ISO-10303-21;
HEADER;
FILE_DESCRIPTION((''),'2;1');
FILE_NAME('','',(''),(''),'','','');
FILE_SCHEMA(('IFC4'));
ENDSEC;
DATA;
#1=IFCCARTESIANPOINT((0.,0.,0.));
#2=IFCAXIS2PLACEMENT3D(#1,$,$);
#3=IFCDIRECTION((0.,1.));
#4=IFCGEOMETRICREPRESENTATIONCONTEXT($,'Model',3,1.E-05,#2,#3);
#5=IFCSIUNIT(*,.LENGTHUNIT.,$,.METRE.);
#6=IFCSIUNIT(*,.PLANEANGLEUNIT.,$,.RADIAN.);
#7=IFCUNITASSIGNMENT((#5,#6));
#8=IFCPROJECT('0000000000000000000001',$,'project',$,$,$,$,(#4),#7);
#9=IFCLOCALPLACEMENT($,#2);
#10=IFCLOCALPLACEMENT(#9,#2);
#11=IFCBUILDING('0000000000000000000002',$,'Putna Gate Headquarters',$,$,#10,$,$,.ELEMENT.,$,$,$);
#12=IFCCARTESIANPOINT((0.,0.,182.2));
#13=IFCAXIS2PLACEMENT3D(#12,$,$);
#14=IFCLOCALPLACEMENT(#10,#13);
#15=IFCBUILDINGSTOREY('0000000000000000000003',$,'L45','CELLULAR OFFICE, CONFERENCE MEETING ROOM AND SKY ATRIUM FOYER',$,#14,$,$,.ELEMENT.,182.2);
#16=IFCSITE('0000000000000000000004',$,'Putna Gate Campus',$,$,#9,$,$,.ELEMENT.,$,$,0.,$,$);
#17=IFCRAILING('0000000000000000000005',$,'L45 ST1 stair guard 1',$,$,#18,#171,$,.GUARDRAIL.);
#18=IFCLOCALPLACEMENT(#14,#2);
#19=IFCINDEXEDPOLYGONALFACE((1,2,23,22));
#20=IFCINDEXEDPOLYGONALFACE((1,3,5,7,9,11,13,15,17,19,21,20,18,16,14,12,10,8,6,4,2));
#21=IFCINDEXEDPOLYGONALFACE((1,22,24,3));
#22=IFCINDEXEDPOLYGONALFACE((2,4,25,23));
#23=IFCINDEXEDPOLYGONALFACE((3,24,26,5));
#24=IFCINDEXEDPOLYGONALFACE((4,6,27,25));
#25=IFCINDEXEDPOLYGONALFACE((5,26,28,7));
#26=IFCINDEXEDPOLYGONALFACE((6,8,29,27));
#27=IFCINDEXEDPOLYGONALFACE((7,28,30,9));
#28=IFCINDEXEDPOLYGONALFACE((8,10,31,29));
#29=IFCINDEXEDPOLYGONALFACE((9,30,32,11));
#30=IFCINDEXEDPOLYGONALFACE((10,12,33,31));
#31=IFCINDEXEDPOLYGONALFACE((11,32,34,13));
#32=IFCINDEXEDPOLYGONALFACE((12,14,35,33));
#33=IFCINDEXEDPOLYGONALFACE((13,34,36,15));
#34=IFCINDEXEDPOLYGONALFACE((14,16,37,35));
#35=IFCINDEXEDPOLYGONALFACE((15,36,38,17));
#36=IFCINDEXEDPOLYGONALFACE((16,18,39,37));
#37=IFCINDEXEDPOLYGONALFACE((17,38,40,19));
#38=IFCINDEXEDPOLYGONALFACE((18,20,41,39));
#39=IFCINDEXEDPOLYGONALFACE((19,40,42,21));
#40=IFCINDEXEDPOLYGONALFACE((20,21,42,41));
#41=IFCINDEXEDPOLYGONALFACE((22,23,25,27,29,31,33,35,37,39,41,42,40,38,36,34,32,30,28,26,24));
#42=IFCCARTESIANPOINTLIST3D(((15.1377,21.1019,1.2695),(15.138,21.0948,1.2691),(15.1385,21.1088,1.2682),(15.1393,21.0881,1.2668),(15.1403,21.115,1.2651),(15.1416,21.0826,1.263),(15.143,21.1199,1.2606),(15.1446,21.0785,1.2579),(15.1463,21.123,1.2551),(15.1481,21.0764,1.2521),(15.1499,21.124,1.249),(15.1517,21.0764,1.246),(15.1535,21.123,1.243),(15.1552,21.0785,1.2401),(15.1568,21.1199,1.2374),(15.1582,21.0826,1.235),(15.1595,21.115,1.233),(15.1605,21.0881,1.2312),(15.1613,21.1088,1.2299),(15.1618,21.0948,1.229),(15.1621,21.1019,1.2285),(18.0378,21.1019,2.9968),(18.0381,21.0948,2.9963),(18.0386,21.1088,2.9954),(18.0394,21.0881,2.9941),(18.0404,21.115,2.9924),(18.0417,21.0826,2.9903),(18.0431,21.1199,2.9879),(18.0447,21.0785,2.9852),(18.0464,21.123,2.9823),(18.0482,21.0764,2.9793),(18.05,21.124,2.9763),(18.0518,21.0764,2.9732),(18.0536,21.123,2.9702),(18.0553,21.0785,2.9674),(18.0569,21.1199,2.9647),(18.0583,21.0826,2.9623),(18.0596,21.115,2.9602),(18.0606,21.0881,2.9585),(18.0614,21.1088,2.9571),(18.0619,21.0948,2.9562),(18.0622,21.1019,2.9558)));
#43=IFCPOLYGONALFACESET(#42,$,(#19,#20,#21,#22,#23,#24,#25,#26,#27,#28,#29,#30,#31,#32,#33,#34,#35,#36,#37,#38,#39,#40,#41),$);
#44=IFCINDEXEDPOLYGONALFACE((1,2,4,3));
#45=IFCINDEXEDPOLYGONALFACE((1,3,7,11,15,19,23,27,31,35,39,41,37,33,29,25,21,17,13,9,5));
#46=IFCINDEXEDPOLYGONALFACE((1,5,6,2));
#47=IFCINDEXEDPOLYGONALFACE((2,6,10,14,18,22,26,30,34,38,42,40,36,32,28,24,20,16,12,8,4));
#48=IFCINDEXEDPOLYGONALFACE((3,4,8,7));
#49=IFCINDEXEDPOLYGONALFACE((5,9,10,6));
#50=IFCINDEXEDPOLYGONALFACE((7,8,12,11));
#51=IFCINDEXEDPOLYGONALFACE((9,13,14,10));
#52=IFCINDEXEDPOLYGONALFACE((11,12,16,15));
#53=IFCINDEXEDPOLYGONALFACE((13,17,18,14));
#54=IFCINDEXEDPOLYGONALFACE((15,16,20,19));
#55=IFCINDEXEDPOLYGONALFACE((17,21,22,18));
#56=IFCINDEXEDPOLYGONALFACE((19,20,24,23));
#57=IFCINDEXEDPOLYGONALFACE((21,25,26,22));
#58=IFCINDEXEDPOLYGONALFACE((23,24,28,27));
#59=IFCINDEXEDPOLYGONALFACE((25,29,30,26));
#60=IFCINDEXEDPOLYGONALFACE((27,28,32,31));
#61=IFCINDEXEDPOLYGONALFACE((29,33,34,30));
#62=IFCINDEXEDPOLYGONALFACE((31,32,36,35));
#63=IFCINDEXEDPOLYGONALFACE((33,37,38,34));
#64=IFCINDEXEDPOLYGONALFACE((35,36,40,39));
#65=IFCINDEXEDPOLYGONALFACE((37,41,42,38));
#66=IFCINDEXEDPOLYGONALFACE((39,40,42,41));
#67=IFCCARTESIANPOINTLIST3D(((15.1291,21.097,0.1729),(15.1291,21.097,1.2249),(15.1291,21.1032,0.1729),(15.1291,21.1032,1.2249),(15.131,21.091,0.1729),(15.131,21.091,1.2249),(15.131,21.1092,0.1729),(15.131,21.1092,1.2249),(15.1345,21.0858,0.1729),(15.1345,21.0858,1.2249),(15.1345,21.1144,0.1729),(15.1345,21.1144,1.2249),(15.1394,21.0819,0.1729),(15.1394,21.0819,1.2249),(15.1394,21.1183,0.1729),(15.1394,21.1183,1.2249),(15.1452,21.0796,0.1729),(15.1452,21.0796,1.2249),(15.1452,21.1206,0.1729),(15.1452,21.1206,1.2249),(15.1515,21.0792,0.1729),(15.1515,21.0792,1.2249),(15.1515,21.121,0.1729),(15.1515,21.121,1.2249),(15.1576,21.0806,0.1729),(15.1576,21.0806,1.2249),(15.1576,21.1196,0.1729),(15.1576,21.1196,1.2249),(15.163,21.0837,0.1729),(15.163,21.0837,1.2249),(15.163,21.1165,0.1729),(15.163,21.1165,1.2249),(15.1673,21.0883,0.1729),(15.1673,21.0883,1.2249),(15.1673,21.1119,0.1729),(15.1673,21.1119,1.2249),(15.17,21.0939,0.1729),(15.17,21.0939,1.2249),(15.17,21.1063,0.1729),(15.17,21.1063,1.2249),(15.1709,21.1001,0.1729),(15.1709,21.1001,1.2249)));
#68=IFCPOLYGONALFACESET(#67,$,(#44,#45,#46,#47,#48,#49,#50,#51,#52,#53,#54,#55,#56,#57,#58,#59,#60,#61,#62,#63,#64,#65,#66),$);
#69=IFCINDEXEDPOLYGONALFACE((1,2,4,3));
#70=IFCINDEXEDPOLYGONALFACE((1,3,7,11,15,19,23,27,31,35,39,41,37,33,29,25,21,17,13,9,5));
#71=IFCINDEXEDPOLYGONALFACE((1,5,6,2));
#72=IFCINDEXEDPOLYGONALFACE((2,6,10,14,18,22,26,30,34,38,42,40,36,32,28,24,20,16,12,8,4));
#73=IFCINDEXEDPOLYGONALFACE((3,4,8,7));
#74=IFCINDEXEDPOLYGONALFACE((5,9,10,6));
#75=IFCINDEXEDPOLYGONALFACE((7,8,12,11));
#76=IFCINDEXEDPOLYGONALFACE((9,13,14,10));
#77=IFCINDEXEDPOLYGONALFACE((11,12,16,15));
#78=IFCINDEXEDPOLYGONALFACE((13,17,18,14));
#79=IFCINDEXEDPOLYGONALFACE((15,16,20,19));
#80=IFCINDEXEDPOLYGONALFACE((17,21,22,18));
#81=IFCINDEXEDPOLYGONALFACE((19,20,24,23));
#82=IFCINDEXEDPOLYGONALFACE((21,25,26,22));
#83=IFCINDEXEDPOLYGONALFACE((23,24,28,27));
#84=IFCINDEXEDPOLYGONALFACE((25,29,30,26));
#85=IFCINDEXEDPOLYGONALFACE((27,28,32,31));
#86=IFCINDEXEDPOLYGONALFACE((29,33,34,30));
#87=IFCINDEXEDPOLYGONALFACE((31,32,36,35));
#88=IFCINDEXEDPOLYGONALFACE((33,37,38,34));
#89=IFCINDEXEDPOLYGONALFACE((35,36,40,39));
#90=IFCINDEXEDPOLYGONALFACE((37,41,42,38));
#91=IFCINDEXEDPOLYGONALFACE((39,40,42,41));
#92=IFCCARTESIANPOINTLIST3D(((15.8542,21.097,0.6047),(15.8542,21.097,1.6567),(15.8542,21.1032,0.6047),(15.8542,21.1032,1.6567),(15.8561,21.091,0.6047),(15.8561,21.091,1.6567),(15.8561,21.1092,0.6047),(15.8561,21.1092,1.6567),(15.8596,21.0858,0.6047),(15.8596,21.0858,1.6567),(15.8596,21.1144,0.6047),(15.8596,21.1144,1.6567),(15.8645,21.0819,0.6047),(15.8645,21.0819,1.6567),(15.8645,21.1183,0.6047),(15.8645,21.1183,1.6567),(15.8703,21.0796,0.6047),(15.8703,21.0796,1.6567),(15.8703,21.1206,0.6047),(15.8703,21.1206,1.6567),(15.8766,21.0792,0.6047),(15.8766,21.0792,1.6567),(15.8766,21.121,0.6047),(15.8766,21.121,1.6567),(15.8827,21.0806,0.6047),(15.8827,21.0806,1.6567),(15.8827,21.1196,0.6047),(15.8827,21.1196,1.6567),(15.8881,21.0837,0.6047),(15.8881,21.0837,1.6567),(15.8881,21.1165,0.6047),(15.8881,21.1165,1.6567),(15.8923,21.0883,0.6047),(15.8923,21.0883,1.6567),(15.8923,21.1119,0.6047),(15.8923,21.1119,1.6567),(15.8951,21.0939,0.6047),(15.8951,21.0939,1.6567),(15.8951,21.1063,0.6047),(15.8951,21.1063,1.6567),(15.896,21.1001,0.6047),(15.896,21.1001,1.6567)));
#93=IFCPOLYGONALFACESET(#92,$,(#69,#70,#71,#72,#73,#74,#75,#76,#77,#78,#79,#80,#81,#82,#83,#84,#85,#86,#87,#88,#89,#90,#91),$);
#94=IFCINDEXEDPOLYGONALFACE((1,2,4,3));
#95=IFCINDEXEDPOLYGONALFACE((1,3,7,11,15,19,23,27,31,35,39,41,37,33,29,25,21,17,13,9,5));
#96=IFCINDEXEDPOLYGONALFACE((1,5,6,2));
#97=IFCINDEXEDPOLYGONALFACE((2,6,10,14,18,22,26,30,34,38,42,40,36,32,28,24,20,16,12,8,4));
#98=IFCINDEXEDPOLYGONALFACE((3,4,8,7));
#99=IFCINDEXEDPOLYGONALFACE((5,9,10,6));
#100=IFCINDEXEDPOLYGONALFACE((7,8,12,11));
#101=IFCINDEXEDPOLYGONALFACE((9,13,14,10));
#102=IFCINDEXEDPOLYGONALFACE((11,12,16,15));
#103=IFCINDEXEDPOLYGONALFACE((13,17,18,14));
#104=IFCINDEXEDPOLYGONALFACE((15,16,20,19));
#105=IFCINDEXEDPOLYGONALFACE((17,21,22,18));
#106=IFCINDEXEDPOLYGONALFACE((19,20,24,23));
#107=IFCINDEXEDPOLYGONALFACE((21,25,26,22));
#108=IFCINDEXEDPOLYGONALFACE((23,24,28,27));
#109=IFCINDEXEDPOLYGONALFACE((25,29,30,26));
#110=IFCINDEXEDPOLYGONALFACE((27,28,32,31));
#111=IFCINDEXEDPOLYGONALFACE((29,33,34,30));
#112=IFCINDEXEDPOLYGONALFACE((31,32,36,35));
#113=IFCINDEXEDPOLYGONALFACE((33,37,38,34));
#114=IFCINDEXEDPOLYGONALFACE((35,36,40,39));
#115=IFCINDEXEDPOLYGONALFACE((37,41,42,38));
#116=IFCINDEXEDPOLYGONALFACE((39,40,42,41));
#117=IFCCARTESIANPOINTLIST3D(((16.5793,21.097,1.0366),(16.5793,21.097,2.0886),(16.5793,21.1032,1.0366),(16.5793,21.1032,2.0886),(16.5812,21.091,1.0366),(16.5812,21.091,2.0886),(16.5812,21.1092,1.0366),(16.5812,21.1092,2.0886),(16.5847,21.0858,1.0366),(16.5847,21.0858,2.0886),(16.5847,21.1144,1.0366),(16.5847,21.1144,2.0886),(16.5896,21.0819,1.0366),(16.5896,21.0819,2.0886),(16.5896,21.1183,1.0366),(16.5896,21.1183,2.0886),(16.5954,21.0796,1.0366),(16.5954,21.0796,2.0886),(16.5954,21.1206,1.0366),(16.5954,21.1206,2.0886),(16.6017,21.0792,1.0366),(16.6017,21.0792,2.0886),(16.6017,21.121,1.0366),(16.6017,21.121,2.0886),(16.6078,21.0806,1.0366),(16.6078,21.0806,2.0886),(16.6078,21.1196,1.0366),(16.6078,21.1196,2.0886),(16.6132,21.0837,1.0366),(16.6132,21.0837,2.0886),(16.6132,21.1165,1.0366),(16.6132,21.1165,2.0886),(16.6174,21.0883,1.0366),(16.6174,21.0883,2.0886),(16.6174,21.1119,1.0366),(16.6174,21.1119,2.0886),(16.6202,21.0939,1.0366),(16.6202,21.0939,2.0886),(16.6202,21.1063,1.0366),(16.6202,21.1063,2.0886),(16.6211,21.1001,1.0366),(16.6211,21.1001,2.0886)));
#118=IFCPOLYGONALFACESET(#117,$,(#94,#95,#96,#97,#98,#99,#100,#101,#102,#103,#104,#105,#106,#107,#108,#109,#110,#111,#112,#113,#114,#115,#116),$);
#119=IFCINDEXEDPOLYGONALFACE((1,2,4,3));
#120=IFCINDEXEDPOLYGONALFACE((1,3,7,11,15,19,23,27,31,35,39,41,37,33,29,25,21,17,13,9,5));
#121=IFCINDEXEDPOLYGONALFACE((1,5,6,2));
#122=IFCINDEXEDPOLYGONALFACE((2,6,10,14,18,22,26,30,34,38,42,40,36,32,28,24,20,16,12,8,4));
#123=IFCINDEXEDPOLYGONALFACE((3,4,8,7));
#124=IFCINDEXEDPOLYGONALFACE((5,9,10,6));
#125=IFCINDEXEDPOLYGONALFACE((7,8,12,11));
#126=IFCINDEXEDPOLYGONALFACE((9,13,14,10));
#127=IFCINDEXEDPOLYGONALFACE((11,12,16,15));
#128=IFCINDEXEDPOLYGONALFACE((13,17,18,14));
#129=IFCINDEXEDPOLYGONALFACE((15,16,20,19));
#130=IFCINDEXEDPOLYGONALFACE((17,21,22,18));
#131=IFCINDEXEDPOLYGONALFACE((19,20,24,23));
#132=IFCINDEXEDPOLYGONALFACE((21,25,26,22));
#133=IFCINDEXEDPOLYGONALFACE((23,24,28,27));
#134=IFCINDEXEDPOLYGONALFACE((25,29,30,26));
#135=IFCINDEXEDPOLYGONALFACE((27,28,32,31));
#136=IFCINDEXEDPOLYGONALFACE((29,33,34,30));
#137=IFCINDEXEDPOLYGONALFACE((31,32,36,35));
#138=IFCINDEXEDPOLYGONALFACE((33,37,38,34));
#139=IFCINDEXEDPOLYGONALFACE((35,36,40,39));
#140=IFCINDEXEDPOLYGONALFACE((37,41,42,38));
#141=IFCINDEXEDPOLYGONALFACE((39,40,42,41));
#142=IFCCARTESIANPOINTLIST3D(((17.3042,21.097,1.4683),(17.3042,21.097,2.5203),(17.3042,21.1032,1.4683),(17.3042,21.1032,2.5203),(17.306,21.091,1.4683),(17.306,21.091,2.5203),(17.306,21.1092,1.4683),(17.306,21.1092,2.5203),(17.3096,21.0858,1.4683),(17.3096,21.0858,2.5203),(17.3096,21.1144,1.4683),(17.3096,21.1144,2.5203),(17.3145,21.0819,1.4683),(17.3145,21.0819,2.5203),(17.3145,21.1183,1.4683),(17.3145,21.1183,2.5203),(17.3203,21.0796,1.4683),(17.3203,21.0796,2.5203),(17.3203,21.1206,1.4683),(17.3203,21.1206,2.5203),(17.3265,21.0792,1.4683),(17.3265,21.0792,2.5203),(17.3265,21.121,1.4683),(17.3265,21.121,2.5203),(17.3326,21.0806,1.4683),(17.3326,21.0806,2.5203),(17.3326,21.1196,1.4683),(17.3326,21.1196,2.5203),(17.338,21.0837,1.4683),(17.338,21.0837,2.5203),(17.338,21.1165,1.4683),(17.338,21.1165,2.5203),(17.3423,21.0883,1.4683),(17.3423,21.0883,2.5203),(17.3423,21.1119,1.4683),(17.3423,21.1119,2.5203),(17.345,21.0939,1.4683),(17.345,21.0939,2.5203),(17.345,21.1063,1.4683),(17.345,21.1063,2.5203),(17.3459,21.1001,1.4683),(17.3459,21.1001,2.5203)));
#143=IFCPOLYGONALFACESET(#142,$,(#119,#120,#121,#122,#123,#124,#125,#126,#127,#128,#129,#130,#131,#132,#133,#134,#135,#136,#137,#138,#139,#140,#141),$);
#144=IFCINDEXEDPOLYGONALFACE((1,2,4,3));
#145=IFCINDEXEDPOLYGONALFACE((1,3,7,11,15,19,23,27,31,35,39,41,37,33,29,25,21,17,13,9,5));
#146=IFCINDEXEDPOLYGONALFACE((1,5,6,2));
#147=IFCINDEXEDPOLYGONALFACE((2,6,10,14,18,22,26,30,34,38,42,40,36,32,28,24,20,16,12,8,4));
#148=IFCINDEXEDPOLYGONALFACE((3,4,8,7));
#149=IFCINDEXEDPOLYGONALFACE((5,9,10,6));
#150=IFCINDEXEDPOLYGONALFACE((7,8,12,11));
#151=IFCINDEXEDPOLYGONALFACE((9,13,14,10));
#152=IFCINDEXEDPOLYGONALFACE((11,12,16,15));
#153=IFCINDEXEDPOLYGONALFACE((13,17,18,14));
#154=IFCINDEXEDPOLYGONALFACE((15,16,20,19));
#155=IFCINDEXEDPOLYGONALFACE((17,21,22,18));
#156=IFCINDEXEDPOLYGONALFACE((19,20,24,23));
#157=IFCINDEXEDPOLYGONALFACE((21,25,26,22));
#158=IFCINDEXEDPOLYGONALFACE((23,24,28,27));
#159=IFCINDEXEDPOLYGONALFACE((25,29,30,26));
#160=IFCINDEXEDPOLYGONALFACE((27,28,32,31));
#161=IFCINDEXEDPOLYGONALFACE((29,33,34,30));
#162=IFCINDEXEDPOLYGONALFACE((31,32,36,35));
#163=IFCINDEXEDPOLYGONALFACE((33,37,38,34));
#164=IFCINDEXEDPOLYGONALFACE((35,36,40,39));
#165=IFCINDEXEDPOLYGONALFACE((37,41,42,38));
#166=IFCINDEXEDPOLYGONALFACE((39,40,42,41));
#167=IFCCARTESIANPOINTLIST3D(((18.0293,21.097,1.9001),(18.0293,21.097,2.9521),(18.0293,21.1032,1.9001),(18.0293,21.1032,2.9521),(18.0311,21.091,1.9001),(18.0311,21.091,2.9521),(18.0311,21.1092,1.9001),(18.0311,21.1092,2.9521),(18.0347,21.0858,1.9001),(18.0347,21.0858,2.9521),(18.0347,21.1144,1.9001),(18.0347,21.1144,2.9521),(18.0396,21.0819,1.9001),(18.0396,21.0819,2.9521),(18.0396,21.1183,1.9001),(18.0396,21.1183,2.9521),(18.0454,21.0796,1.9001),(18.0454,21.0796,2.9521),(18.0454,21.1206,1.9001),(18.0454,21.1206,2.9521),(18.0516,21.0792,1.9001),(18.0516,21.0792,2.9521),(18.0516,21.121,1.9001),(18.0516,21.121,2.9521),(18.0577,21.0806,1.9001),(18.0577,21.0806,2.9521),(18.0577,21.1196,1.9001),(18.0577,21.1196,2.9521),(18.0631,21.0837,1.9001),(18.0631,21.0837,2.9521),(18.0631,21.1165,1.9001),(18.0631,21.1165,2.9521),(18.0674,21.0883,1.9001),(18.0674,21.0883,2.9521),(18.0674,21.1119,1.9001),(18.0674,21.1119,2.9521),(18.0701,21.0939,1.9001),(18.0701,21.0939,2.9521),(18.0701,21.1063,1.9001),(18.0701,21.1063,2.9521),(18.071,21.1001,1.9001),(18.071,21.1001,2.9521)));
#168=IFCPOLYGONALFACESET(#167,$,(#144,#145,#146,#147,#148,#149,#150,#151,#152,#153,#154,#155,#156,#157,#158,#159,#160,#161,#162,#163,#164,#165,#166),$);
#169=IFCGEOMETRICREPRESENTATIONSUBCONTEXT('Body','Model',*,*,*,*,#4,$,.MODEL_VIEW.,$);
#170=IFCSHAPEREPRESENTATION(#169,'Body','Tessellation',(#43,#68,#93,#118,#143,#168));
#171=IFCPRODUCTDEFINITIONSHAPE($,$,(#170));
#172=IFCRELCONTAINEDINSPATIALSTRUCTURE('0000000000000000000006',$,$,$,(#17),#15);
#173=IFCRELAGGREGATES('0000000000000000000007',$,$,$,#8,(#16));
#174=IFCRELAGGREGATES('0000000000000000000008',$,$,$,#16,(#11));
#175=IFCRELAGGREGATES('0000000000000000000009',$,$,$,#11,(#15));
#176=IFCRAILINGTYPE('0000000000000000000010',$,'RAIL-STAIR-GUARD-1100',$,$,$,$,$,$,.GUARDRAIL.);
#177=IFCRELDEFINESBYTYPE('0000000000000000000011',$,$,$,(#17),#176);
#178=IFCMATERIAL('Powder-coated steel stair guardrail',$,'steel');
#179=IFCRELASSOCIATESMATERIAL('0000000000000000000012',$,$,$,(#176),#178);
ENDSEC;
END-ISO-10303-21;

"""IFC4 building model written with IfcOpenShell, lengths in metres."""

from ifc_helpers import new_model, si_unit, direction, frame, origin, origin_2d, place, context, subcontext, project, spatial, circle, extrude, material, type_object, element, save


model = new_model("IFC4")

# Units and contexts
model_context = context("Model", 3, precision=1e-05, world=origin(), true_north=direction((0.0, 1.0)))
body_context = subcontext(model_context, "Body", "Model", "MODEL_VIEW")
ifc_project = project(units=[si_unit("LENGTHUNIT", "METRE"), si_unit("PLANEANGLEUNIT", "RADIAN")], contexts=[model_context])

# Site, building, storey
site_placement = place(None, origin())
site = spatial("IfcSite", under=ifc_project, at=site_placement, Name="Putna Gate Campus", CompositionType="ELEMENT", RefElevation=0.0)
building_placement = place(site_placement, origin())
building = spatial("IfcBuilding", under=site, at=building_placement, Name="Putna Gate Headquarters", CompositionType="ELEMENT")
storey_placement = place(building_placement, frame((0.0, 0.0, 182.2)))
storey = spatial("IfcBuildingStorey", under=building, at=storey_placement, Name="L45", Description="CELLULAR OFFICE, CONFERENCE MEETING ROOM AND SKY ATRIUM FOYER", CompositionType="ELEMENT", Elevation=182.2)

# Railing
ifc_material_1 = material(Name="Powder-coated steel stair guardrail", Category="steel")
railing_type = type_object("IfcRailingType", Name="RAIL-STAIR-GUARD-1100", PredefinedType="GUARDRAIL", material=ifc_material_1)
railing_1_placement = place(storey_placement, frame((15.1499, 21.1001, 0.1729)))
element("IfcRailing", 1, at=railing_1_placement, inside=storey, type_object=railing_type, Name="L45 ST1 stair guard 1", PredefinedType="GUARDRAIL", context=body_context, shape_type="SweptSolid", body=[
    extrude(circle(Radius=0.0239, at=origin_2d()), frame((0.0, 0.0, 1.0762), z_axis=(0.85916, 0.0, 0.511706), x_axis=(0.0, 1.0, 0.0)), (0.0, 0.0, 1.0), 3.3755),
    extrude(circle(Radius=0.021, at=origin_2d()), origin(), (0.0, 0.0, 1.0), 1.052),
    extrude(circle(Radius=0.021, at=origin_2d()), frame((0.7251, 0.0, 0.4319)), (0.0, 0.0, 1.0), 1.052),
    extrude(circle(Radius=0.021, at=origin_2d()), frame((1.4502, 0.0, 0.8638)), (0.0, 0.0, 1.0), 1.052),
    extrude(circle(Radius=0.021, at=origin_2d()), frame((2.175, 0.0, 1.2954)), (0.0, 0.0, 1.0), 1.052),
    extrude(circle(Radius=0.021, at=origin_2d()), frame((2.9001, 0.0, 1.7273)), (0.0, 0.0, 1.0), 1.052),
])

save(model, "model.ifc")
